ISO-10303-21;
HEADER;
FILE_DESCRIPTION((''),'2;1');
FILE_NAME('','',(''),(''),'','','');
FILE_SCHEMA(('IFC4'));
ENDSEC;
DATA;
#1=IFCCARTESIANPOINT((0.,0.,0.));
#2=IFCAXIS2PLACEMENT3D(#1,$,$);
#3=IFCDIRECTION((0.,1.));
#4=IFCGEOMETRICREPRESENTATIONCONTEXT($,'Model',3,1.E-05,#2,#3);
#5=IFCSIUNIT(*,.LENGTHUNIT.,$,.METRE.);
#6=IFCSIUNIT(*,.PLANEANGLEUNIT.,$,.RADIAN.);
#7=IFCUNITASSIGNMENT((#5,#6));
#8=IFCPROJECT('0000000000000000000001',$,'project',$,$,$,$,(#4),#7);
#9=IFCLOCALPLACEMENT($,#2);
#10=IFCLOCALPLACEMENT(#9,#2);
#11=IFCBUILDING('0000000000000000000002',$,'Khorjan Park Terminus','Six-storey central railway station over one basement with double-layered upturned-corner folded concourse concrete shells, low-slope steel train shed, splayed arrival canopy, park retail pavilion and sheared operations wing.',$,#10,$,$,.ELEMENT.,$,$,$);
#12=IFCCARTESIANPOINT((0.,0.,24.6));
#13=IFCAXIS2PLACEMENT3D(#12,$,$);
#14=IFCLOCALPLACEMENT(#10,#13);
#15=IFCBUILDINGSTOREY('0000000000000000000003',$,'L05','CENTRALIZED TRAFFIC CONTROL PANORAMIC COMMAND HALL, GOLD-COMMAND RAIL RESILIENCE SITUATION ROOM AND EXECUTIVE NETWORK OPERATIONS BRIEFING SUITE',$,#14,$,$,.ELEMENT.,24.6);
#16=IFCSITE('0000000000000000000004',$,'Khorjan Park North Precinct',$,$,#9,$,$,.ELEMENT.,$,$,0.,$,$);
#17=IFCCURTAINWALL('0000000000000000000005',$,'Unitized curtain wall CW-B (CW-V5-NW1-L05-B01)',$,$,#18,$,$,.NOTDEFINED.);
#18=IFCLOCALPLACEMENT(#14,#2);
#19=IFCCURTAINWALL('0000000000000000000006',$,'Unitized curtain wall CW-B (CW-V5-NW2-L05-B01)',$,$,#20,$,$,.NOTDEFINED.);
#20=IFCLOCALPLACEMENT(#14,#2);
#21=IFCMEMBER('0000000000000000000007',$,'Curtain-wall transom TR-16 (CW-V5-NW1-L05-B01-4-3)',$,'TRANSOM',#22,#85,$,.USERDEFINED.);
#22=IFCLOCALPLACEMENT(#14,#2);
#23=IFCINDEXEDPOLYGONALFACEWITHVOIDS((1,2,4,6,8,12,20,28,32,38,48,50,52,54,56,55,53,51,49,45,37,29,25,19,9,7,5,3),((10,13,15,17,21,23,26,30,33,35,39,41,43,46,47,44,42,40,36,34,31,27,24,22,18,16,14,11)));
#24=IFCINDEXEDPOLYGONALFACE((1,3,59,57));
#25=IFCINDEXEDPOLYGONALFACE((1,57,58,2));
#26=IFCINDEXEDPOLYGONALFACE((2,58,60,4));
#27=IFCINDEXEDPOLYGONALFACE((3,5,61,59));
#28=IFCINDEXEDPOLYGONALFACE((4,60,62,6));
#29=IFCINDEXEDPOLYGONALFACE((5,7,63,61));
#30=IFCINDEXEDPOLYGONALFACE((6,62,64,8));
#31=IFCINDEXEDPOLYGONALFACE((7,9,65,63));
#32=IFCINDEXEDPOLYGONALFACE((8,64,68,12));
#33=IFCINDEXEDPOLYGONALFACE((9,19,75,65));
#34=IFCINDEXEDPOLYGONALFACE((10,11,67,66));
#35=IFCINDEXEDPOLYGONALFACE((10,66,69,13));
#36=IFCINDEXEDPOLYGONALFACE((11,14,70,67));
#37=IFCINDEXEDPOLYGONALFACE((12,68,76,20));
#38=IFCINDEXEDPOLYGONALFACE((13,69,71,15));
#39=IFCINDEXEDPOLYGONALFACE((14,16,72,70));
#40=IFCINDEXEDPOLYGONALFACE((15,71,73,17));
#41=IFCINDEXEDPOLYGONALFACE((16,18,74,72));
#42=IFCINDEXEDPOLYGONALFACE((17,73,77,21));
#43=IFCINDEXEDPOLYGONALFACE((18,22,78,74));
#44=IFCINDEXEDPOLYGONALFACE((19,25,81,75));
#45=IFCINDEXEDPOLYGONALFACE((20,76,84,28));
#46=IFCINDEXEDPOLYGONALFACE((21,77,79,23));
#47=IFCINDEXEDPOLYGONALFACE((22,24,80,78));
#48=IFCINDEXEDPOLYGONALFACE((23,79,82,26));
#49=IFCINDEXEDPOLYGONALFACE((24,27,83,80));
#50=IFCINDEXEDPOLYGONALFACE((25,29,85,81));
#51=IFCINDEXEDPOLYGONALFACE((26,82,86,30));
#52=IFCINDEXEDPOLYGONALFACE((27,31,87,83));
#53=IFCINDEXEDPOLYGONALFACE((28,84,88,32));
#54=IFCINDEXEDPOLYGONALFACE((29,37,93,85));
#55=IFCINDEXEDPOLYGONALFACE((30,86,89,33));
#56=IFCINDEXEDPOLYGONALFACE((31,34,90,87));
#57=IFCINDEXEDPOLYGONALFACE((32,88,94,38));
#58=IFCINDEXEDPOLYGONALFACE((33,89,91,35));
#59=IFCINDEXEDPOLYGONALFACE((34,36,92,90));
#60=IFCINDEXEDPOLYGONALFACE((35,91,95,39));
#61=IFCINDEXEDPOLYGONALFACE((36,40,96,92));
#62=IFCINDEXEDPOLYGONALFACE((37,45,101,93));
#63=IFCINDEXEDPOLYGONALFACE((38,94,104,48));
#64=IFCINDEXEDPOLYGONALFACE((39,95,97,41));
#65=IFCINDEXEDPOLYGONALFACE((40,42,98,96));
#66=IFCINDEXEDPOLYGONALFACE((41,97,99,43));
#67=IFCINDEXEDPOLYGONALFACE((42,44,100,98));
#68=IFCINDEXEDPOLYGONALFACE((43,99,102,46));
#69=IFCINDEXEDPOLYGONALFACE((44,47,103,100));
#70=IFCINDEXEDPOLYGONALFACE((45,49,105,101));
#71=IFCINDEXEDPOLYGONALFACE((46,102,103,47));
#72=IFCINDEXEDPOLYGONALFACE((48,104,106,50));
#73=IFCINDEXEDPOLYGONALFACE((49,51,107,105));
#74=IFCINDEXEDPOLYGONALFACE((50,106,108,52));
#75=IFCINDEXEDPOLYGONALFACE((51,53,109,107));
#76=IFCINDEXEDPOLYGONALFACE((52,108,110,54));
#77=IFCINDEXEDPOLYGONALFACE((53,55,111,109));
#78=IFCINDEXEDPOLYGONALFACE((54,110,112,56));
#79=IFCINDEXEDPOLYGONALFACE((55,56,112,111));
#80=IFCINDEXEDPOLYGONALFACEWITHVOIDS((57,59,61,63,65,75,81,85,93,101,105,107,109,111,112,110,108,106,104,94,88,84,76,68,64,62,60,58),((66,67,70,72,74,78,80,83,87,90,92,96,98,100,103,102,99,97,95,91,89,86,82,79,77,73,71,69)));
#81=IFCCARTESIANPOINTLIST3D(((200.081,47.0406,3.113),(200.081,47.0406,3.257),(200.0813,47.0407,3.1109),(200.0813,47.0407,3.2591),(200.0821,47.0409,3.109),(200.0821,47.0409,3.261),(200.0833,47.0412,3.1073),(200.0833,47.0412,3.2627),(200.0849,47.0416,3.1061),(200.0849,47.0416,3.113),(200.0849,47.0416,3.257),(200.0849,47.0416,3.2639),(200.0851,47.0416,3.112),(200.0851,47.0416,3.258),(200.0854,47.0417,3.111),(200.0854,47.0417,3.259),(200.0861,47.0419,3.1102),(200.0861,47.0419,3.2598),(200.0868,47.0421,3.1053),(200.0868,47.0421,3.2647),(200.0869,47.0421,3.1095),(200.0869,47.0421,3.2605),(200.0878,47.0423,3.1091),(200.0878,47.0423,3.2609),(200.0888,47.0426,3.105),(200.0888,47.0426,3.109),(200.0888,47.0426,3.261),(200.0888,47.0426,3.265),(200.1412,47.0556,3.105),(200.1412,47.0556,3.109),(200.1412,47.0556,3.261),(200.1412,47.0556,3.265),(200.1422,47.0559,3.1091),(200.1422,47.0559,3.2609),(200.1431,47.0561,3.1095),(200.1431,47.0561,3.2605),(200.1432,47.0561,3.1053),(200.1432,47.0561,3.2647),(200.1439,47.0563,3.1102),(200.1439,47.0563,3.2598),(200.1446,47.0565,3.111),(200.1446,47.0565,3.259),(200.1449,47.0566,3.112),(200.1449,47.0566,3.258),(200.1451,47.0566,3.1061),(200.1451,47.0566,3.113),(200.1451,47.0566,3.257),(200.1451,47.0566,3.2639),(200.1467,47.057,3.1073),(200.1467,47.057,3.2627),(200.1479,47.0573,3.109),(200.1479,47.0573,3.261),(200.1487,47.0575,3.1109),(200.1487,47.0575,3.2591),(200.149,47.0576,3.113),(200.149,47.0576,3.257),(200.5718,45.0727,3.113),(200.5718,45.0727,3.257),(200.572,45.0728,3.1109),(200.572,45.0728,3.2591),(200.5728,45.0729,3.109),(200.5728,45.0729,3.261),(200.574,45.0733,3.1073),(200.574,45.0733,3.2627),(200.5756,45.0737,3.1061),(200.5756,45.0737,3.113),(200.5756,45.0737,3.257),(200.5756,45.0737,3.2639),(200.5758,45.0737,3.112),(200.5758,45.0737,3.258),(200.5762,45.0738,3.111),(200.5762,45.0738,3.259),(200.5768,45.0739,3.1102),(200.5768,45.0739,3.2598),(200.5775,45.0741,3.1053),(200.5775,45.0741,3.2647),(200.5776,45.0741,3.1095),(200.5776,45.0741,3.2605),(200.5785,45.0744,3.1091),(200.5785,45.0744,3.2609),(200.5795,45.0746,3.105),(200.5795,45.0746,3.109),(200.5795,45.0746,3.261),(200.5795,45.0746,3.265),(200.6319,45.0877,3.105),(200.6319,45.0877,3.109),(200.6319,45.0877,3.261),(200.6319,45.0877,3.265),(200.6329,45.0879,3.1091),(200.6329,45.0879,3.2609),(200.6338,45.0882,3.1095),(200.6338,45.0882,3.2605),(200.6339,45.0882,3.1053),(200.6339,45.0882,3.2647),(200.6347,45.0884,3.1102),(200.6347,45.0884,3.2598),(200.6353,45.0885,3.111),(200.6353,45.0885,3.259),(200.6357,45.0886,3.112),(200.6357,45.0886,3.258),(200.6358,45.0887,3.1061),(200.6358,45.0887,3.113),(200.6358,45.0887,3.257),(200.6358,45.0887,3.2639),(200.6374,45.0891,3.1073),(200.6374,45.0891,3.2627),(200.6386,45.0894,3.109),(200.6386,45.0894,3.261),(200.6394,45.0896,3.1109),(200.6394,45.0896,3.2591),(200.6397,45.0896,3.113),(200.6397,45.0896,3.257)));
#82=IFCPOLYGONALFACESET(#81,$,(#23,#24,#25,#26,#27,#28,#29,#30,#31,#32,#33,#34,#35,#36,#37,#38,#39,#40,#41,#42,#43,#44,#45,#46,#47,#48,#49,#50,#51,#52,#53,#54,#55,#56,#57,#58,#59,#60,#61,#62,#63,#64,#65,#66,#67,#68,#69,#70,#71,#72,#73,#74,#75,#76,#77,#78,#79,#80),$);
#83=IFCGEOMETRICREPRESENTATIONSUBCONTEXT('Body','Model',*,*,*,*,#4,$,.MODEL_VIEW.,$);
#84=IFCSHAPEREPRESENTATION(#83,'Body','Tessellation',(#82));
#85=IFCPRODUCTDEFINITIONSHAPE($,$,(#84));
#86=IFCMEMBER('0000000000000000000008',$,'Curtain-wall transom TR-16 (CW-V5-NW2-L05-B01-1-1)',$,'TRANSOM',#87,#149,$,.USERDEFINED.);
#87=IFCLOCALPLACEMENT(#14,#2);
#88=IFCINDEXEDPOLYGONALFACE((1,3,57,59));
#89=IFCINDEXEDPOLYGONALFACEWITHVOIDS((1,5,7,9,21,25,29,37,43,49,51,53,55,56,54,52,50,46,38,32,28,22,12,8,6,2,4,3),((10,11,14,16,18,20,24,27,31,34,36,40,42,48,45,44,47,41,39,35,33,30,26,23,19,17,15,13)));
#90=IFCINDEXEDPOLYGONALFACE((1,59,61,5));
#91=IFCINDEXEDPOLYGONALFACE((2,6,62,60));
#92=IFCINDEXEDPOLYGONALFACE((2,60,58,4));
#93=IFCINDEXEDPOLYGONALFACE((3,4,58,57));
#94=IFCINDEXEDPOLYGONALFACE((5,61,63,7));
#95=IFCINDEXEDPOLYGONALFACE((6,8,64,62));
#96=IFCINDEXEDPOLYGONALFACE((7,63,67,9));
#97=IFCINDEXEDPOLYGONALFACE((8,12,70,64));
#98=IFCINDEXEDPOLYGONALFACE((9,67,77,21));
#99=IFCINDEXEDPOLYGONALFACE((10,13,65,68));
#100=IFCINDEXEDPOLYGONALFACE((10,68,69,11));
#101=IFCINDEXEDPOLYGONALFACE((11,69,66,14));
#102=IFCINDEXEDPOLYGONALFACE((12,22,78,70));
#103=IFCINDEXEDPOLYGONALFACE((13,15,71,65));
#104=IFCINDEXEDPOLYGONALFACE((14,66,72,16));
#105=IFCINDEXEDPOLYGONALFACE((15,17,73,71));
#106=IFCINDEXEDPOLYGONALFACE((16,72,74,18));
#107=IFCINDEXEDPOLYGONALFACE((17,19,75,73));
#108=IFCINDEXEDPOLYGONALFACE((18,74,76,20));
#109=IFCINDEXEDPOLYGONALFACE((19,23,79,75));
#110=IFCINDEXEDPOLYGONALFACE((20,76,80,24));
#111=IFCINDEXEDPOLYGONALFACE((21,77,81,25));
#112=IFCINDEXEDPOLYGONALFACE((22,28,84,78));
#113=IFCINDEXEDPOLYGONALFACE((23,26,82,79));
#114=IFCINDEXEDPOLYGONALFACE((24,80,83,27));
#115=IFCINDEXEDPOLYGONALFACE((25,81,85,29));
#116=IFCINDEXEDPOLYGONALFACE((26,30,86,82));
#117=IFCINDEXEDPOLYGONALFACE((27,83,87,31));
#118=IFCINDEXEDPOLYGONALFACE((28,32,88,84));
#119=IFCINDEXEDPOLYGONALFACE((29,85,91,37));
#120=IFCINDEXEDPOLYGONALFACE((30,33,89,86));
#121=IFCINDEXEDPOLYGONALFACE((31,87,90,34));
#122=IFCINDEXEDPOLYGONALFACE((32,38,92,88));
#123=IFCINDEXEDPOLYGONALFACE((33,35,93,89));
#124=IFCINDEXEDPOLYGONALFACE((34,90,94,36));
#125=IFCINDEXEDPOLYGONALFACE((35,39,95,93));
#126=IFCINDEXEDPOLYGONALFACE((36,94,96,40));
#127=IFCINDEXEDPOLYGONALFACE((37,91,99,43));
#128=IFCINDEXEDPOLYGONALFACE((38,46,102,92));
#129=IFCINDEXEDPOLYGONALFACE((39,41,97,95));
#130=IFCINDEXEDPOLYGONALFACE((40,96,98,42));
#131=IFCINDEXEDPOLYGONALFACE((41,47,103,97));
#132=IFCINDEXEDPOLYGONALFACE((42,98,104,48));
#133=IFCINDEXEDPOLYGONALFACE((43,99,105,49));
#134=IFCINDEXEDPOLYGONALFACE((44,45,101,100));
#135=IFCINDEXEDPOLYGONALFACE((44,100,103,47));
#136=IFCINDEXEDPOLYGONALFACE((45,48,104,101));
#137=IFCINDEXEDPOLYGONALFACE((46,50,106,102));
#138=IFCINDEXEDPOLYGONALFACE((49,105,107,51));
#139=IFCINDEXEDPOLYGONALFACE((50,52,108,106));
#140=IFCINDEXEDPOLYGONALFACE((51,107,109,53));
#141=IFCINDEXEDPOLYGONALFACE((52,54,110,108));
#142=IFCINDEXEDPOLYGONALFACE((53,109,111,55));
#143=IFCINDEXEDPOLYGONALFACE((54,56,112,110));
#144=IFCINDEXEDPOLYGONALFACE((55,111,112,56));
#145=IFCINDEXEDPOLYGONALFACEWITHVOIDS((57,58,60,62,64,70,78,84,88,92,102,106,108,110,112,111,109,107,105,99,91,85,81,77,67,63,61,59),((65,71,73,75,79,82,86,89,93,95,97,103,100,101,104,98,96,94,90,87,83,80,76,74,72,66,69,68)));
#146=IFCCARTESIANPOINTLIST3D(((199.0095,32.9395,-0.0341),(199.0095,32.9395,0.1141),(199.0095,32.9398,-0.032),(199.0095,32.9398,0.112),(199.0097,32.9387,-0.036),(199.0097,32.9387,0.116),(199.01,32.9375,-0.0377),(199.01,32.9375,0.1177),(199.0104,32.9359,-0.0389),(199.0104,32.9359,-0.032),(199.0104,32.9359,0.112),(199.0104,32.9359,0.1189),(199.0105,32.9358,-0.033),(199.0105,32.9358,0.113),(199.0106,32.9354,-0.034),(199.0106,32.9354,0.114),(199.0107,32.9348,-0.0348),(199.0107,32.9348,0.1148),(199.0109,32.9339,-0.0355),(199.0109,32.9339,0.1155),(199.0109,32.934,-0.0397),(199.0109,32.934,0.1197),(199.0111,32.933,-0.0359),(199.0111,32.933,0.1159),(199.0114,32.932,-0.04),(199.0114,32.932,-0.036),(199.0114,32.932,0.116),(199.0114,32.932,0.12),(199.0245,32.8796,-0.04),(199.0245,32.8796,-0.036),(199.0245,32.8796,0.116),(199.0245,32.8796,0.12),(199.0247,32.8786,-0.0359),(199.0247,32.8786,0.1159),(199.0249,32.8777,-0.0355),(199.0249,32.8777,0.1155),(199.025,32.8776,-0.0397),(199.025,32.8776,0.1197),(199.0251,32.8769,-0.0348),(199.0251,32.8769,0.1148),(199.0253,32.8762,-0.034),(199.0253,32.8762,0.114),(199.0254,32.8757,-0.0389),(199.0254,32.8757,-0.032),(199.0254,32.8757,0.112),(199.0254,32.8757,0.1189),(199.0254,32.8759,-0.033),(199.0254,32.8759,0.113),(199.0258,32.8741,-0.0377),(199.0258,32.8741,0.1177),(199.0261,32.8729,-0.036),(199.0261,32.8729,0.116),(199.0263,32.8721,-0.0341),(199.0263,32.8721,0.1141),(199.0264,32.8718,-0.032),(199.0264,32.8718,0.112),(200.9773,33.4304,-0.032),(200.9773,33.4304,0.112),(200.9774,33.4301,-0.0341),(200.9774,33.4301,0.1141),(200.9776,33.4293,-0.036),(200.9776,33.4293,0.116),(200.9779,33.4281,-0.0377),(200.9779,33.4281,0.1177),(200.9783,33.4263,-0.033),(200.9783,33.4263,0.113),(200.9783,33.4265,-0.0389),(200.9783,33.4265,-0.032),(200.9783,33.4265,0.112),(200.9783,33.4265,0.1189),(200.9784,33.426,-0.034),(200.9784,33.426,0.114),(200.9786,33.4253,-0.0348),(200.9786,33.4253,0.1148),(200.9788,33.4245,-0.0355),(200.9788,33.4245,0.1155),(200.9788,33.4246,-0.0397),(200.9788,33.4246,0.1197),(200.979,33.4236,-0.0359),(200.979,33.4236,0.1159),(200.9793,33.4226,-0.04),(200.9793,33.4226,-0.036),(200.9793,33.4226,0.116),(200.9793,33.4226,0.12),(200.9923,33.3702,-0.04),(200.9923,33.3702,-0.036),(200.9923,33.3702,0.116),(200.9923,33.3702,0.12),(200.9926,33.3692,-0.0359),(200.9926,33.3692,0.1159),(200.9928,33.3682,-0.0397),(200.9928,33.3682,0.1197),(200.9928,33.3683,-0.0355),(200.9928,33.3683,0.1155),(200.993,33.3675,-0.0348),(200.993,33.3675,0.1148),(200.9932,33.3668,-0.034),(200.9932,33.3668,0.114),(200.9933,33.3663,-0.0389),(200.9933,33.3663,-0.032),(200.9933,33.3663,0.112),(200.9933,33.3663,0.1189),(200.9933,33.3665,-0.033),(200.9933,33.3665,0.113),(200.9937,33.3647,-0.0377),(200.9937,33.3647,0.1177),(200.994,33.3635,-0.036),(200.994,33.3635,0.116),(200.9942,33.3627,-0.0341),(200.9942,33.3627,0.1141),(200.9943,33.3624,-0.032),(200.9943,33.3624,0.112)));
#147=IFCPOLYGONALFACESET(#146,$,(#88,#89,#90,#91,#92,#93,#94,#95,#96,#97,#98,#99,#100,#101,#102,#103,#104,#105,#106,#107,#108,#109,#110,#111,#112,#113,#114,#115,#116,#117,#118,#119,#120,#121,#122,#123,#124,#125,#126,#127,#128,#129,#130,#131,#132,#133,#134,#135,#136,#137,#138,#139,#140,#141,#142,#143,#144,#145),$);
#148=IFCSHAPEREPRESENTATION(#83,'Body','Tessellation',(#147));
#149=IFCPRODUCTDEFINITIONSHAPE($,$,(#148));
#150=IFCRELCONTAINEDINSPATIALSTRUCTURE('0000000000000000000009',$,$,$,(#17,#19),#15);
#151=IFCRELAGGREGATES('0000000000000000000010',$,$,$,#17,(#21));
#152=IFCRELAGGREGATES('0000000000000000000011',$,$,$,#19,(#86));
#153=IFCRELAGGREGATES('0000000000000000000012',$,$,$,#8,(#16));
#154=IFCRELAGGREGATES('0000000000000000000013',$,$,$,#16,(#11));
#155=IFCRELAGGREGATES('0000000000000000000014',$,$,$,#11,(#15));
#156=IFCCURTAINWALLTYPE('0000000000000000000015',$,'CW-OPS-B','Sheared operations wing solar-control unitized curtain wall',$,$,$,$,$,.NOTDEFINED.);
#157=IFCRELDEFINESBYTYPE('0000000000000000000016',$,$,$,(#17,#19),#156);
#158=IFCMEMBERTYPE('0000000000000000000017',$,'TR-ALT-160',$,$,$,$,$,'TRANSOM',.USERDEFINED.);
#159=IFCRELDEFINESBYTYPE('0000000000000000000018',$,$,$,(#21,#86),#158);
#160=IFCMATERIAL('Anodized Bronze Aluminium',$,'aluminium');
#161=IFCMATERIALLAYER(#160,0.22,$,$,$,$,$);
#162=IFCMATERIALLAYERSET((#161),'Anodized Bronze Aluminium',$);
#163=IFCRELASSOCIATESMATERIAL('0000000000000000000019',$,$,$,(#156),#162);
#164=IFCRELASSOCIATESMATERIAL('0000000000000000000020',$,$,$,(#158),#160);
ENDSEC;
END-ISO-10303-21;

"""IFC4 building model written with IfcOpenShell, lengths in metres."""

from ifc_helpers import new_model, si_unit, direction, frame, origin, origin_2d, place, context, subcontext, project, spatial, hollow_rectangle, extrude, material, layer, layer_set, material_profile, profile_set, type_object, element, aggregate, save


model = new_model("IFC4")

# Units and contexts
model_context = context("Model", 3, precision=1e-05, world=origin(), true_north=direction((0.0, 1.0)))
body_context = subcontext(model_context, "Body", "Model", "MODEL_VIEW")
ifc_project = project(units=[si_unit("LENGTHUNIT", "METRE"), si_unit("PLANEANGLEUNIT", "RADIAN")], contexts=[model_context])

# Site, building, storey
site_placement = place(None, origin())
site = spatial("IfcSite", under=ifc_project, at=site_placement, Name="Khorjan Park North Precinct", CompositionType="ELEMENT", RefElevation=0.0)
building_placement = place(site_placement, origin())
building = spatial("IfcBuilding", under=site, at=building_placement, Name="Khorjan Park Terminus", Description="Six-storey central railway station over one basement with double-layered upturned-corner folded concourse concrete shells, low-slope steel train shed, splayed arrival canopy, park retail pavilion and sheared operations wing.", CompositionType="ELEMENT")
storey_placement = place(building_placement, frame((0.0, 0.0, 24.6)))
storey = spatial("IfcBuildingStorey", under=building, at=storey_placement, Name="L05", Description="CENTRALIZED TRAFFIC CONTROL PANORAMIC COMMAND HALL, GOLD-COMMAND RAIL RESILIENCE SITUATION ROOM AND EXECUTIVE NETWORK OPERATIONS BRIEFING SUITE", CompositionType="ELEMENT", Elevation=24.6)

# Curtain wall
ifc_material_1 = material(Name="Anodized Bronze Aluminium", Category="aluminium")
ifc_layer_1 = layer(ifc_material_1, 0.22)
ifc_layer_set_1 = layer_set([ifc_layer_1], Name="Anodized Bronze Aluminium")
curtain_wall_type = type_object("IfcCurtainWallType", Name="CW-OPS-B", Description="Sheared operations wing solar-control unitized curtain wall", PredefinedType="NOTDEFINED", material=ifc_layer_set_1)
curtain_wall_1_placement = place(storey_placement, origin())
curtain_wall_1 = element("IfcCurtainWall", 1, at=curtain_wall_1_placement, inside=storey, type_object=curtain_wall_type, Name="Unitized curtain wall CW-B (CW-V5-NW1-L05-B01)", PredefinedType="NOTDEFINED")

# Curtain wall
curtain_wall_2_placement = place(storey_placement, origin())
curtain_wall_2 = element("IfcCurtainWall", 2, at=curtain_wall_2_placement, inside=storey, type_object=curtain_wall_type, Name="Unitized curtain wall CW-B (CW-V5-NW2-L05-B01)", PredefinedType="NOTDEFINED")

# Members
ifc_material_profile_1 = material_profile(ifc_material_1, hollow_rectangle(XDim=0.07, YDim=0.16, WallThickness=0.004, InnerFilletRadius=0.004, OuterFilletRadius=0.008, at=origin_2d()), Name="ALT 70x160x4")
ifc_profile_set_1 = profile_set([ifc_material_profile_1], Name="Anodized Bronze Aluminium")
member_type_1 = type_object("IfcMemberType", Name="TR-ALT-160", ElementType="TRANSOM", PredefinedType="USERDEFINED", material=ifc_profile_set_1)
member_1_placement = place(storey_placement, frame((200.115, 47.0491, 3.185), z_axis=(0.241944, -0.97029, 0.0), x_axis=(0.97029, 0.241944, 0.0)))
member_1 = element("IfcMember", 3, at=member_1_placement, type_object=member_type_1, Name="Curtain-wall transom TR-16 (CW-V5-NW1-L05-B01-4-3)", ObjectType="TRANSOM", PredefinedType="USERDEFINED", context=body_context, shape_type="SweptSolid", body=[
    extrude(hollow_rectangle(XDim=0.07, YDim=0.16, WallThickness=0.004, InnerFilletRadius=0.004, OuterFilletRadius=0.008, at=origin_2d()), origin(), (0.0, 0.0, 1.0), 2.0282),
])
member_2_placement = place(storey_placement, frame((200.9858, 33.3964, 0.04), z_axis=(-0.970302, -0.241897, 0.0), x_axis=(0.241897, -0.970302, 0.0)))
member_2 = element("IfcMember", 4, at=member_2_placement, type_object=member_type_1, Name="Curtain-wall transom TR-16 (CW-V5-NW2-L05-B01-1-1)", ObjectType="TRANSOM", PredefinedType="USERDEFINED", context=body_context, shape_type="SweptSolid", body=[
    extrude(hollow_rectangle(XDim=0.07, YDim=0.16, WallThickness=0.004, InnerFilletRadius=0.004, OuterFilletRadius=0.008, at=origin_2d()), origin(), (0.0, 0.0, 1.0), 2.0281),
])

aggregate(curtain_wall_1, [member_1])
aggregate(curtain_wall_2, [member_2])

save(model, "model.ifc")
